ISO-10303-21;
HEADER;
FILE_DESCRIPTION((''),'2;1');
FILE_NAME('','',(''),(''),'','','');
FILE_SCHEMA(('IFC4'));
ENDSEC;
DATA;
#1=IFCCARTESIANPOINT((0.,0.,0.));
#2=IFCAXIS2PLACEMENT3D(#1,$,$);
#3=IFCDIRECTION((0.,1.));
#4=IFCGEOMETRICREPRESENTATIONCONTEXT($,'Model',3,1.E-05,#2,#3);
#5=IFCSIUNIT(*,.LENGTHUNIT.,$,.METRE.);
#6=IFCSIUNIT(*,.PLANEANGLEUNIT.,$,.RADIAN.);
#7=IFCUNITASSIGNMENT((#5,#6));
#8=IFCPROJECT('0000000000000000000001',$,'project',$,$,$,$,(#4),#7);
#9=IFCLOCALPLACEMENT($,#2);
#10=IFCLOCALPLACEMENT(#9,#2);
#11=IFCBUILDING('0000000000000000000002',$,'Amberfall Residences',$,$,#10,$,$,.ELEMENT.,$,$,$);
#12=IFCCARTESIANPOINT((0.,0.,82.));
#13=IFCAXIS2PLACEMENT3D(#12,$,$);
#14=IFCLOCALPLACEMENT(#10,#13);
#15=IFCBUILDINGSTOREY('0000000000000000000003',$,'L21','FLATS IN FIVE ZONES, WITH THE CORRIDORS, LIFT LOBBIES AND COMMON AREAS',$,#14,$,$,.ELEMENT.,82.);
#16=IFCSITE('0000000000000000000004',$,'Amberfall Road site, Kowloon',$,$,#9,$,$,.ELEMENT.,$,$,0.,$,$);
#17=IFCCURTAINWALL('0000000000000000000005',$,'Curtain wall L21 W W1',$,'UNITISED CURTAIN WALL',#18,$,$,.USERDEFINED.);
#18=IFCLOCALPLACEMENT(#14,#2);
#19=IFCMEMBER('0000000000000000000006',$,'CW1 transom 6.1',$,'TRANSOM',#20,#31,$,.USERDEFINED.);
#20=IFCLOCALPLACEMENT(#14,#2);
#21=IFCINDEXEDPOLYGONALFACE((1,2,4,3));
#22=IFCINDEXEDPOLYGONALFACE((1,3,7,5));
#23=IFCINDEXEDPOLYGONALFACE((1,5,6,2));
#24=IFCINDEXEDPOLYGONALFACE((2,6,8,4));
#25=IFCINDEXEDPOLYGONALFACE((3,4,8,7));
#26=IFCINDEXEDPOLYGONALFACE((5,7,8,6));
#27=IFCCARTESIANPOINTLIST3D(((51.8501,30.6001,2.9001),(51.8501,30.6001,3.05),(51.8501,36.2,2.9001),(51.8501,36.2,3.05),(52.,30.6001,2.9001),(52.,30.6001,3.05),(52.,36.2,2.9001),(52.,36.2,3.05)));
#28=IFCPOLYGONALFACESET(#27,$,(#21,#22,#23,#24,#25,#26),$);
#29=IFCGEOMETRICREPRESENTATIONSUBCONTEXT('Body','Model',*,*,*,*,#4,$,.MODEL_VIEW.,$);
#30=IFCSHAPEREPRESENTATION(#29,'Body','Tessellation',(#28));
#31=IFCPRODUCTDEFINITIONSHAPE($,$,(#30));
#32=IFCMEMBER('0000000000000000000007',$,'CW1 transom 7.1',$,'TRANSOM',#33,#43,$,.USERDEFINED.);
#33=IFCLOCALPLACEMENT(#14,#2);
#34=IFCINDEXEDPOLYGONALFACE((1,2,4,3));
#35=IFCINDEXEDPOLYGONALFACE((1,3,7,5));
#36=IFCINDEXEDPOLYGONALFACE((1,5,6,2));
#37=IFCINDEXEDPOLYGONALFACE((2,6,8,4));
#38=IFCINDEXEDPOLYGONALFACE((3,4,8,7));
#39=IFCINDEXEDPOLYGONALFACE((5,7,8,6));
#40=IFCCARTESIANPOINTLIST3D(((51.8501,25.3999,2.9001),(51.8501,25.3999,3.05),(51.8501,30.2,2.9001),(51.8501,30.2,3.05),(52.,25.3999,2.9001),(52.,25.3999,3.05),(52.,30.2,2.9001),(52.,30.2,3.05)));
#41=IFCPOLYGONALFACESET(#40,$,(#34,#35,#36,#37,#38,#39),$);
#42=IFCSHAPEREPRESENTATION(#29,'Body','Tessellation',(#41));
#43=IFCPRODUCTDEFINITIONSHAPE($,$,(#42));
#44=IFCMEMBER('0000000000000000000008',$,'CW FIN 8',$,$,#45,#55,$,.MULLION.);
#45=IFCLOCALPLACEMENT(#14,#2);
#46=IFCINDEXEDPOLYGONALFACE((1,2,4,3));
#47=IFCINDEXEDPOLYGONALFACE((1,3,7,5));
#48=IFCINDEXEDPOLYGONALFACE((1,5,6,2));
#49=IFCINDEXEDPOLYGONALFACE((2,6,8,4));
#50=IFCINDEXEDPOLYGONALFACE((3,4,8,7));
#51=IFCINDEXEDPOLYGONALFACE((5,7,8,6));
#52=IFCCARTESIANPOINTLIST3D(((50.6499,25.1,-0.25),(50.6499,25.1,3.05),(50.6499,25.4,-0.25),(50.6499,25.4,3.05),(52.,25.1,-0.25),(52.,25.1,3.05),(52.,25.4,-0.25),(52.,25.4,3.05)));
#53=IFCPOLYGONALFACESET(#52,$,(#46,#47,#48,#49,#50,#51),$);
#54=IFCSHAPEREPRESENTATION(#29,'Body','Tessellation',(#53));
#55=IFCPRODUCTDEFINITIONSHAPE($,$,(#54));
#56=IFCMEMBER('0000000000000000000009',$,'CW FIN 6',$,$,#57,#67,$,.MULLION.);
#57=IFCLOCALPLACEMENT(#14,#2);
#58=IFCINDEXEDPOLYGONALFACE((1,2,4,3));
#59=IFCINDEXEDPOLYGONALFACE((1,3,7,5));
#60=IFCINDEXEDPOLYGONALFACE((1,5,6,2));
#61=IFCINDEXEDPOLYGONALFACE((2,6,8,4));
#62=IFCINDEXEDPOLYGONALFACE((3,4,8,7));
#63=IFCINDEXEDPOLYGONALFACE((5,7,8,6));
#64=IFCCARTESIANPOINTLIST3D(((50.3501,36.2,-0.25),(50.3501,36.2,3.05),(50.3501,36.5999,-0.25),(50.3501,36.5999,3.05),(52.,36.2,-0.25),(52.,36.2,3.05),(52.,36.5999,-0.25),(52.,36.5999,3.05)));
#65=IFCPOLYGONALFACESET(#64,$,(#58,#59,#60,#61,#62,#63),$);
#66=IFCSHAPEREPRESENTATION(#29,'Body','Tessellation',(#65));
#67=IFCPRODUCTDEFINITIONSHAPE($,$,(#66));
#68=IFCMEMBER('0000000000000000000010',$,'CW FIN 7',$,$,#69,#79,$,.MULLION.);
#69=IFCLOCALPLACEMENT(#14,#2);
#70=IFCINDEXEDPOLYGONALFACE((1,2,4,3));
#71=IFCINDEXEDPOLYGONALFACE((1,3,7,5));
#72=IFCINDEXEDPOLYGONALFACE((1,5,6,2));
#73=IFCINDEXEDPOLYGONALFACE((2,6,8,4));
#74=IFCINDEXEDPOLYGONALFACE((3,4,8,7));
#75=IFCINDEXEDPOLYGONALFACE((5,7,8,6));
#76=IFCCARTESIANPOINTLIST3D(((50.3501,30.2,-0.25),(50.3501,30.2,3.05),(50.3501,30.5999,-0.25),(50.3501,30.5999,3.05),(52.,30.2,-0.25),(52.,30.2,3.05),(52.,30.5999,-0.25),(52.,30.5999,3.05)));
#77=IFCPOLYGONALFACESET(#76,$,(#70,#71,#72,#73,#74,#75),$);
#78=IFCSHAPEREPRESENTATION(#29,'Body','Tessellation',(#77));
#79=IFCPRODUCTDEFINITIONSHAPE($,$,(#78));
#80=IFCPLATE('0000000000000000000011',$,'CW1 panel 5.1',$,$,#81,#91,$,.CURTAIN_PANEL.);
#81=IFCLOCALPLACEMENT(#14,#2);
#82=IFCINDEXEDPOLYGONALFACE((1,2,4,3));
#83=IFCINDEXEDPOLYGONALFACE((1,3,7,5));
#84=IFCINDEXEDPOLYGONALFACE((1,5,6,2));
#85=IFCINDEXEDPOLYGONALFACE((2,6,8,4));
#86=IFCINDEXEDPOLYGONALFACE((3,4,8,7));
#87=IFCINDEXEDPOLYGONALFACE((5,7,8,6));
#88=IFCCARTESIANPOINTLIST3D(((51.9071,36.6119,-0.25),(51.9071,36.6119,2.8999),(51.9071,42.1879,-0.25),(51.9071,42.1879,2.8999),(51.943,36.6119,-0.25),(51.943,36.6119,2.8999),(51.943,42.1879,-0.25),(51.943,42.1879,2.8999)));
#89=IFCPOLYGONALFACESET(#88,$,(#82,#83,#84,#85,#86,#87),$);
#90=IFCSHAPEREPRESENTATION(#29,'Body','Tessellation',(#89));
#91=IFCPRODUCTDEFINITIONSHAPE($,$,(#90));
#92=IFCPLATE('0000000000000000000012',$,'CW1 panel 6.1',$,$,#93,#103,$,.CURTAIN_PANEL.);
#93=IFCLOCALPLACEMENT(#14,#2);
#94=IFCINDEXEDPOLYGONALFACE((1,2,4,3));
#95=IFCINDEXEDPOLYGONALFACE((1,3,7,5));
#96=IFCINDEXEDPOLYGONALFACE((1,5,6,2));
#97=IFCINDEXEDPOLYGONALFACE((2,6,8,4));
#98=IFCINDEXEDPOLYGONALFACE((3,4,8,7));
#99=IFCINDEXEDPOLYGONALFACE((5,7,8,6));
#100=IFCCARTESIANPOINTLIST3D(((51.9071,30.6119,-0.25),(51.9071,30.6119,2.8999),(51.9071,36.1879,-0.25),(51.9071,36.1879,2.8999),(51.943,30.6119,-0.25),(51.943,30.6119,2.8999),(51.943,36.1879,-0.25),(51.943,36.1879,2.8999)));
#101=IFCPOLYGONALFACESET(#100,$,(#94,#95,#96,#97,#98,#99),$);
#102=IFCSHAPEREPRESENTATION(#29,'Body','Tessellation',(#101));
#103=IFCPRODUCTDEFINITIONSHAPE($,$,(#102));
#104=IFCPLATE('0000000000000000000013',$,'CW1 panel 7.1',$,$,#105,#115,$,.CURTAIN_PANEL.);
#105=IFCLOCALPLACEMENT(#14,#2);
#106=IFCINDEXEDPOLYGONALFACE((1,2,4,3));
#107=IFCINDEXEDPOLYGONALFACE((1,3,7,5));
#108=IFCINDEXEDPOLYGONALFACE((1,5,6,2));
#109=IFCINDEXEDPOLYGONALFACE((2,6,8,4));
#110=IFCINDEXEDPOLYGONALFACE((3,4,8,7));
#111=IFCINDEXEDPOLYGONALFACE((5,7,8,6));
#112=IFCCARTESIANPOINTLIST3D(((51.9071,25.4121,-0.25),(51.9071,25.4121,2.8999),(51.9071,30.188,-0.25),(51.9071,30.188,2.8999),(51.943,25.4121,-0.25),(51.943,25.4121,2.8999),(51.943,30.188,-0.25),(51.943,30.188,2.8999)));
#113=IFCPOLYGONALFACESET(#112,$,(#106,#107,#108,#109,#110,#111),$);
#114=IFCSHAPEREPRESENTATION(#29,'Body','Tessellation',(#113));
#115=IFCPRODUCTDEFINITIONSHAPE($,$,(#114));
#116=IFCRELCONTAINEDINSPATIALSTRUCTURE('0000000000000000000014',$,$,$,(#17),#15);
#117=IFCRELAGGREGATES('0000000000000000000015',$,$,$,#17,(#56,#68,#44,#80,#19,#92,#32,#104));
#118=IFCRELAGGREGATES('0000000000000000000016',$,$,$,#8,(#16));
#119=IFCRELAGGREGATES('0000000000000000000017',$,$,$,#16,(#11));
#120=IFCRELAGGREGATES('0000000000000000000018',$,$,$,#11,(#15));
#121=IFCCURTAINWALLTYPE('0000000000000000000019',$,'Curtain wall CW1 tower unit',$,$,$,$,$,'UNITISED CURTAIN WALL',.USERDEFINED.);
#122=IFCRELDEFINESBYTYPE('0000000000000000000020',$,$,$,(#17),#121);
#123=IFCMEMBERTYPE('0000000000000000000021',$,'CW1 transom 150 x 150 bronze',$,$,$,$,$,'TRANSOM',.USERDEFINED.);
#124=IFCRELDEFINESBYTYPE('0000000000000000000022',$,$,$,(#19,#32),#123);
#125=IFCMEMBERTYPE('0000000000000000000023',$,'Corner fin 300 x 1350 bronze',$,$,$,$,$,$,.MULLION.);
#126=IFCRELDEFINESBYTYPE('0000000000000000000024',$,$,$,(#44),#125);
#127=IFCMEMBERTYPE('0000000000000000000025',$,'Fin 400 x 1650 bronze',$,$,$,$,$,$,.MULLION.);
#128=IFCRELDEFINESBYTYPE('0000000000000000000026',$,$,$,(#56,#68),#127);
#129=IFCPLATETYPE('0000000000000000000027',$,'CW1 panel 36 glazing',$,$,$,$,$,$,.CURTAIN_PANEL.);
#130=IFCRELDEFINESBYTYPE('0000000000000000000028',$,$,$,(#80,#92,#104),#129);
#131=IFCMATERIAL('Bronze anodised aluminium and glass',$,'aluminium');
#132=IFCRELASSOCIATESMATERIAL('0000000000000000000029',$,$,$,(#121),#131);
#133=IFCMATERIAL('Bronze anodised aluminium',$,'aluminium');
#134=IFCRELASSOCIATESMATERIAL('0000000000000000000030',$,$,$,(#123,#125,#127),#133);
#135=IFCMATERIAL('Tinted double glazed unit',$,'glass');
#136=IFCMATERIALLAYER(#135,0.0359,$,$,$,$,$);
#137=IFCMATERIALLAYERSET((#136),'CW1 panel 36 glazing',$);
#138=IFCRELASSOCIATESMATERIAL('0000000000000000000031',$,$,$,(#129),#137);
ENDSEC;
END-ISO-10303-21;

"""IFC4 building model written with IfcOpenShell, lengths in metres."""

from ifc_helpers import new_model, si_unit, direction, frame, origin, origin_2d, place, context, subcontext, project, spatial, rectangle, extrude, material, layer, layer_set, material_profile, profile_set, type_object, element, aggregate, save


model = new_model("IFC4")

# Units and contexts
model_context = context("Model", 3, precision=1e-05, world=origin(), true_north=direction((0.0, 1.0)))
body_context = subcontext(model_context, "Body", "Model", "MODEL_VIEW")
ifc_project = project(units=[si_unit("LENGTHUNIT", "METRE"), si_unit("PLANEANGLEUNIT", "RADIAN")], contexts=[model_context])

# Site, building, storey
site_placement = place(None, origin())
site = spatial("IfcSite", under=ifc_project, at=site_placement, Name="Amberfall Road site, Kowloon", CompositionType="ELEMENT", RefElevation=0.0)
building_placement = place(site_placement, origin())
building = spatial("IfcBuilding", under=site, at=building_placement, Name="Amberfall Residences", CompositionType="ELEMENT")
storey_placement = place(building_placement, frame((0.0, 0.0, 82.0)))
storey = spatial("IfcBuildingStorey", under=building, at=storey_placement, Name="L21", Description="FLATS IN FIVE ZONES, WITH THE CORRIDORS, LIFT LOBBIES AND COMMON AREAS", CompositionType="ELEMENT", Elevation=82.0)

# Curtain wall, members, plates
ifc_material_1 = material(Name="Bronze anodised aluminium and glass", Category="aluminium")
curtain_wall_type = type_object("IfcCurtainWallType", Name="Curtain wall CW1 tower unit", ElementType="UNITISED CURTAIN WALL", PredefinedType="USERDEFINED", material=ifc_material_1)
curtain_wall_placement = place(storey_placement, origin())
curtain_wall = element("IfcCurtainWall", 1, at=curtain_wall_placement, inside=storey, type_object=curtain_wall_type, Name="Curtain wall L21 W W1", ObjectType="UNITISED CURTAIN WALL", PredefinedType="USERDEFINED")
ifc_material_2 = material(Name="Bronze anodised aluminium", Category="aluminium")
ifc_material_profile_1 = material_profile(ifc_material_2, rectangle(XDim=0.1499, YDim=0.1499, at=origin_2d()), Name="CW1 transom 150 x 150 bronze")
ifc_profile_set_1 = profile_set([ifc_material_profile_1], Name="Bronze anodised aluminium")
member_type_1 = type_object("IfcMemberType", Name="CW1 transom 150 x 150 bronze", ElementType="TRANSOM", PredefinedType="USERDEFINED", material=ifc_profile_set_1)
member_1_placement = place(storey_placement, frame((51.925, 36.2, 2.9751), z_axis=(0.0, -1.0, 0.0), x_axis=(1.0, 0.0, 0.0)))
member_1 = element("IfcMember", 2, at=member_1_placement, type_object=member_type_1, Name="CW1 transom 6.1", ObjectType="TRANSOM", PredefinedType="USERDEFINED", context=body_context, shape_type="SweptSolid", body=[
    extrude(rectangle(XDim=0.1499, YDim=0.1499, at=origin_2d()), origin(), (0.0, 0.0, 1.0), 5.5999),
])
member_2_placement = place(storey_placement, frame((51.925, 30.2, 2.9751), z_axis=(0.0, -1.0, 0.0), x_axis=(1.0, 0.0, 0.0)))
member_2 = element("IfcMember", 3, at=member_2_placement, type_object=member_type_1, Name="CW1 transom 7.1", ObjectType="TRANSOM", PredefinedType="USERDEFINED", context=body_context, shape_type="SweptSolid", body=[
    extrude(rectangle(XDim=0.1499, YDim=0.1499, at=origin_2d()), origin(), (0.0, 0.0, 1.0), 4.8),
])
ifc_material_profile_2 = material_profile(ifc_material_2, rectangle(XDim=1.3501, YDim=0.3, at=origin_2d()), Name="Corner fin 300 x 1350 bronze")
ifc_profile_set_2 = profile_set([ifc_material_profile_2], Name="Bronze anodised aluminium")
member_type_2 = type_object("IfcMemberType", Name="Corner fin 300 x 1350 bronze", PredefinedType="MULLION", material=ifc_profile_set_2)
member_3_placement = place(storey_placement, frame((51.325, 25.25, -0.25), z_axis=(0.0, 0.0, 1.0), x_axis=(1.0, 0.0, 0.0)))
member_3 = element("IfcMember", 4, at=member_3_placement, type_object=member_type_2, Name="CW FIN 8", PredefinedType="MULLION", context=body_context, shape_type="SweptSolid", body=[
    extrude(rectangle(XDim=1.3501, YDim=0.3, at=origin_2d()), origin(), (0.0, 0.0, 1.0), 3.3),
])
ifc_material_profile_3 = material_profile(ifc_material_2, rectangle(XDim=1.6499, YDim=0.3999, at=origin_2d()), Name="Fin 400 x 1650 bronze")
ifc_profile_set_3 = profile_set([ifc_material_profile_3], Name="Bronze anodised aluminium")
member_type_3 = type_object("IfcMemberType", Name="Fin 400 x 1650 bronze", PredefinedType="MULLION", material=ifc_profile_set_3)
member_4_placement = place(storey_placement, frame((51.175, 36.3999, -0.25), z_axis=(0.0, 0.0, 1.0), x_axis=(1.0, 0.0, 0.0)))
member_4 = element("IfcMember", 5, at=member_4_placement, type_object=member_type_3, Name="CW FIN 6", PredefinedType="MULLION", context=body_context, shape_type="SweptSolid", body=[
    extrude(rectangle(XDim=1.6499, YDim=0.3999, at=origin_2d()), origin(), (0.0, 0.0, 1.0), 3.3),
])
member_5_placement = place(storey_placement, frame((51.175, 30.3999, -0.25), z_axis=(0.0, 0.0, 1.0), x_axis=(1.0, 0.0, 0.0)))
member_5 = element("IfcMember", 6, at=member_5_placement, type_object=member_type_3, Name="CW FIN 7", PredefinedType="MULLION", context=body_context, shape_type="SweptSolid", body=[
    extrude(rectangle(XDim=1.6499, YDim=0.3999, at=origin_2d()), origin(), (0.0, 0.0, 1.0), 3.3),
])
ifc_material_3 = material(Name="Tinted double glazed unit", Category="glass")
ifc_layer_1 = layer(ifc_material_3, 0.0359)
ifc_layer_set_1 = layer_set([ifc_layer_1], Name="CW1 panel 36 glazing")
plate_type = type_object("IfcPlateType", Name="CW1 panel 36 glazing", PredefinedType="CURTAIN_PANEL", material=ifc_layer_set_1)
plate_1_placement = place(storey_placement, frame((51.925, 39.3999, -0.25), z_axis=(0.0, 0.0, 1.0), x_axis=(0.0, -1.0, 0.0)))
plate_1 = element("IfcPlate", 7, at=plate_1_placement, type_object=plate_type, Name="CW1 panel 5.1", PredefinedType="CURTAIN_PANEL", context=body_context, shape_type="SweptSolid", body=[
    extrude(rectangle(XDim=5.5759, YDim=0.0359, at=origin_2d()), origin(), (0.0, 0.0, 1.0), 3.1499),
])
plate_2_placement = place(storey_placement, frame((51.925, 33.3999, -0.25), z_axis=(0.0, 0.0, 1.0), x_axis=(0.0, -1.0, 0.0)))
plate_2 = element("IfcPlate", 8, at=plate_2_placement, type_object=plate_type, Name="CW1 panel 6.1", PredefinedType="CURTAIN_PANEL", context=body_context, shape_type="SweptSolid", body=[
    extrude(rectangle(XDim=5.5759, YDim=0.0359, at=origin_2d()), origin(), (0.0, 0.0, 1.0), 3.1499),
])
plate_3_placement = place(storey_placement, frame((51.925, 27.8, -0.25), z_axis=(0.0, 0.0, 1.0), x_axis=(0.0, -1.0, 0.0)))
plate_3 = element("IfcPlate", 9, at=plate_3_placement, type_object=plate_type, Name="CW1 panel 7.1", PredefinedType="CURTAIN_PANEL", context=body_context, shape_type="SweptSolid", body=[
    extrude(rectangle(XDim=4.7759, YDim=0.0359, at=origin_2d()), origin(), (0.0, 0.0, 1.0), 3.1499),
])
aggregate(curtain_wall, [member_4, member_5, member_3, plate_1, member_1, plate_2, member_2, plate_3])

save(model, "model.ifc")
